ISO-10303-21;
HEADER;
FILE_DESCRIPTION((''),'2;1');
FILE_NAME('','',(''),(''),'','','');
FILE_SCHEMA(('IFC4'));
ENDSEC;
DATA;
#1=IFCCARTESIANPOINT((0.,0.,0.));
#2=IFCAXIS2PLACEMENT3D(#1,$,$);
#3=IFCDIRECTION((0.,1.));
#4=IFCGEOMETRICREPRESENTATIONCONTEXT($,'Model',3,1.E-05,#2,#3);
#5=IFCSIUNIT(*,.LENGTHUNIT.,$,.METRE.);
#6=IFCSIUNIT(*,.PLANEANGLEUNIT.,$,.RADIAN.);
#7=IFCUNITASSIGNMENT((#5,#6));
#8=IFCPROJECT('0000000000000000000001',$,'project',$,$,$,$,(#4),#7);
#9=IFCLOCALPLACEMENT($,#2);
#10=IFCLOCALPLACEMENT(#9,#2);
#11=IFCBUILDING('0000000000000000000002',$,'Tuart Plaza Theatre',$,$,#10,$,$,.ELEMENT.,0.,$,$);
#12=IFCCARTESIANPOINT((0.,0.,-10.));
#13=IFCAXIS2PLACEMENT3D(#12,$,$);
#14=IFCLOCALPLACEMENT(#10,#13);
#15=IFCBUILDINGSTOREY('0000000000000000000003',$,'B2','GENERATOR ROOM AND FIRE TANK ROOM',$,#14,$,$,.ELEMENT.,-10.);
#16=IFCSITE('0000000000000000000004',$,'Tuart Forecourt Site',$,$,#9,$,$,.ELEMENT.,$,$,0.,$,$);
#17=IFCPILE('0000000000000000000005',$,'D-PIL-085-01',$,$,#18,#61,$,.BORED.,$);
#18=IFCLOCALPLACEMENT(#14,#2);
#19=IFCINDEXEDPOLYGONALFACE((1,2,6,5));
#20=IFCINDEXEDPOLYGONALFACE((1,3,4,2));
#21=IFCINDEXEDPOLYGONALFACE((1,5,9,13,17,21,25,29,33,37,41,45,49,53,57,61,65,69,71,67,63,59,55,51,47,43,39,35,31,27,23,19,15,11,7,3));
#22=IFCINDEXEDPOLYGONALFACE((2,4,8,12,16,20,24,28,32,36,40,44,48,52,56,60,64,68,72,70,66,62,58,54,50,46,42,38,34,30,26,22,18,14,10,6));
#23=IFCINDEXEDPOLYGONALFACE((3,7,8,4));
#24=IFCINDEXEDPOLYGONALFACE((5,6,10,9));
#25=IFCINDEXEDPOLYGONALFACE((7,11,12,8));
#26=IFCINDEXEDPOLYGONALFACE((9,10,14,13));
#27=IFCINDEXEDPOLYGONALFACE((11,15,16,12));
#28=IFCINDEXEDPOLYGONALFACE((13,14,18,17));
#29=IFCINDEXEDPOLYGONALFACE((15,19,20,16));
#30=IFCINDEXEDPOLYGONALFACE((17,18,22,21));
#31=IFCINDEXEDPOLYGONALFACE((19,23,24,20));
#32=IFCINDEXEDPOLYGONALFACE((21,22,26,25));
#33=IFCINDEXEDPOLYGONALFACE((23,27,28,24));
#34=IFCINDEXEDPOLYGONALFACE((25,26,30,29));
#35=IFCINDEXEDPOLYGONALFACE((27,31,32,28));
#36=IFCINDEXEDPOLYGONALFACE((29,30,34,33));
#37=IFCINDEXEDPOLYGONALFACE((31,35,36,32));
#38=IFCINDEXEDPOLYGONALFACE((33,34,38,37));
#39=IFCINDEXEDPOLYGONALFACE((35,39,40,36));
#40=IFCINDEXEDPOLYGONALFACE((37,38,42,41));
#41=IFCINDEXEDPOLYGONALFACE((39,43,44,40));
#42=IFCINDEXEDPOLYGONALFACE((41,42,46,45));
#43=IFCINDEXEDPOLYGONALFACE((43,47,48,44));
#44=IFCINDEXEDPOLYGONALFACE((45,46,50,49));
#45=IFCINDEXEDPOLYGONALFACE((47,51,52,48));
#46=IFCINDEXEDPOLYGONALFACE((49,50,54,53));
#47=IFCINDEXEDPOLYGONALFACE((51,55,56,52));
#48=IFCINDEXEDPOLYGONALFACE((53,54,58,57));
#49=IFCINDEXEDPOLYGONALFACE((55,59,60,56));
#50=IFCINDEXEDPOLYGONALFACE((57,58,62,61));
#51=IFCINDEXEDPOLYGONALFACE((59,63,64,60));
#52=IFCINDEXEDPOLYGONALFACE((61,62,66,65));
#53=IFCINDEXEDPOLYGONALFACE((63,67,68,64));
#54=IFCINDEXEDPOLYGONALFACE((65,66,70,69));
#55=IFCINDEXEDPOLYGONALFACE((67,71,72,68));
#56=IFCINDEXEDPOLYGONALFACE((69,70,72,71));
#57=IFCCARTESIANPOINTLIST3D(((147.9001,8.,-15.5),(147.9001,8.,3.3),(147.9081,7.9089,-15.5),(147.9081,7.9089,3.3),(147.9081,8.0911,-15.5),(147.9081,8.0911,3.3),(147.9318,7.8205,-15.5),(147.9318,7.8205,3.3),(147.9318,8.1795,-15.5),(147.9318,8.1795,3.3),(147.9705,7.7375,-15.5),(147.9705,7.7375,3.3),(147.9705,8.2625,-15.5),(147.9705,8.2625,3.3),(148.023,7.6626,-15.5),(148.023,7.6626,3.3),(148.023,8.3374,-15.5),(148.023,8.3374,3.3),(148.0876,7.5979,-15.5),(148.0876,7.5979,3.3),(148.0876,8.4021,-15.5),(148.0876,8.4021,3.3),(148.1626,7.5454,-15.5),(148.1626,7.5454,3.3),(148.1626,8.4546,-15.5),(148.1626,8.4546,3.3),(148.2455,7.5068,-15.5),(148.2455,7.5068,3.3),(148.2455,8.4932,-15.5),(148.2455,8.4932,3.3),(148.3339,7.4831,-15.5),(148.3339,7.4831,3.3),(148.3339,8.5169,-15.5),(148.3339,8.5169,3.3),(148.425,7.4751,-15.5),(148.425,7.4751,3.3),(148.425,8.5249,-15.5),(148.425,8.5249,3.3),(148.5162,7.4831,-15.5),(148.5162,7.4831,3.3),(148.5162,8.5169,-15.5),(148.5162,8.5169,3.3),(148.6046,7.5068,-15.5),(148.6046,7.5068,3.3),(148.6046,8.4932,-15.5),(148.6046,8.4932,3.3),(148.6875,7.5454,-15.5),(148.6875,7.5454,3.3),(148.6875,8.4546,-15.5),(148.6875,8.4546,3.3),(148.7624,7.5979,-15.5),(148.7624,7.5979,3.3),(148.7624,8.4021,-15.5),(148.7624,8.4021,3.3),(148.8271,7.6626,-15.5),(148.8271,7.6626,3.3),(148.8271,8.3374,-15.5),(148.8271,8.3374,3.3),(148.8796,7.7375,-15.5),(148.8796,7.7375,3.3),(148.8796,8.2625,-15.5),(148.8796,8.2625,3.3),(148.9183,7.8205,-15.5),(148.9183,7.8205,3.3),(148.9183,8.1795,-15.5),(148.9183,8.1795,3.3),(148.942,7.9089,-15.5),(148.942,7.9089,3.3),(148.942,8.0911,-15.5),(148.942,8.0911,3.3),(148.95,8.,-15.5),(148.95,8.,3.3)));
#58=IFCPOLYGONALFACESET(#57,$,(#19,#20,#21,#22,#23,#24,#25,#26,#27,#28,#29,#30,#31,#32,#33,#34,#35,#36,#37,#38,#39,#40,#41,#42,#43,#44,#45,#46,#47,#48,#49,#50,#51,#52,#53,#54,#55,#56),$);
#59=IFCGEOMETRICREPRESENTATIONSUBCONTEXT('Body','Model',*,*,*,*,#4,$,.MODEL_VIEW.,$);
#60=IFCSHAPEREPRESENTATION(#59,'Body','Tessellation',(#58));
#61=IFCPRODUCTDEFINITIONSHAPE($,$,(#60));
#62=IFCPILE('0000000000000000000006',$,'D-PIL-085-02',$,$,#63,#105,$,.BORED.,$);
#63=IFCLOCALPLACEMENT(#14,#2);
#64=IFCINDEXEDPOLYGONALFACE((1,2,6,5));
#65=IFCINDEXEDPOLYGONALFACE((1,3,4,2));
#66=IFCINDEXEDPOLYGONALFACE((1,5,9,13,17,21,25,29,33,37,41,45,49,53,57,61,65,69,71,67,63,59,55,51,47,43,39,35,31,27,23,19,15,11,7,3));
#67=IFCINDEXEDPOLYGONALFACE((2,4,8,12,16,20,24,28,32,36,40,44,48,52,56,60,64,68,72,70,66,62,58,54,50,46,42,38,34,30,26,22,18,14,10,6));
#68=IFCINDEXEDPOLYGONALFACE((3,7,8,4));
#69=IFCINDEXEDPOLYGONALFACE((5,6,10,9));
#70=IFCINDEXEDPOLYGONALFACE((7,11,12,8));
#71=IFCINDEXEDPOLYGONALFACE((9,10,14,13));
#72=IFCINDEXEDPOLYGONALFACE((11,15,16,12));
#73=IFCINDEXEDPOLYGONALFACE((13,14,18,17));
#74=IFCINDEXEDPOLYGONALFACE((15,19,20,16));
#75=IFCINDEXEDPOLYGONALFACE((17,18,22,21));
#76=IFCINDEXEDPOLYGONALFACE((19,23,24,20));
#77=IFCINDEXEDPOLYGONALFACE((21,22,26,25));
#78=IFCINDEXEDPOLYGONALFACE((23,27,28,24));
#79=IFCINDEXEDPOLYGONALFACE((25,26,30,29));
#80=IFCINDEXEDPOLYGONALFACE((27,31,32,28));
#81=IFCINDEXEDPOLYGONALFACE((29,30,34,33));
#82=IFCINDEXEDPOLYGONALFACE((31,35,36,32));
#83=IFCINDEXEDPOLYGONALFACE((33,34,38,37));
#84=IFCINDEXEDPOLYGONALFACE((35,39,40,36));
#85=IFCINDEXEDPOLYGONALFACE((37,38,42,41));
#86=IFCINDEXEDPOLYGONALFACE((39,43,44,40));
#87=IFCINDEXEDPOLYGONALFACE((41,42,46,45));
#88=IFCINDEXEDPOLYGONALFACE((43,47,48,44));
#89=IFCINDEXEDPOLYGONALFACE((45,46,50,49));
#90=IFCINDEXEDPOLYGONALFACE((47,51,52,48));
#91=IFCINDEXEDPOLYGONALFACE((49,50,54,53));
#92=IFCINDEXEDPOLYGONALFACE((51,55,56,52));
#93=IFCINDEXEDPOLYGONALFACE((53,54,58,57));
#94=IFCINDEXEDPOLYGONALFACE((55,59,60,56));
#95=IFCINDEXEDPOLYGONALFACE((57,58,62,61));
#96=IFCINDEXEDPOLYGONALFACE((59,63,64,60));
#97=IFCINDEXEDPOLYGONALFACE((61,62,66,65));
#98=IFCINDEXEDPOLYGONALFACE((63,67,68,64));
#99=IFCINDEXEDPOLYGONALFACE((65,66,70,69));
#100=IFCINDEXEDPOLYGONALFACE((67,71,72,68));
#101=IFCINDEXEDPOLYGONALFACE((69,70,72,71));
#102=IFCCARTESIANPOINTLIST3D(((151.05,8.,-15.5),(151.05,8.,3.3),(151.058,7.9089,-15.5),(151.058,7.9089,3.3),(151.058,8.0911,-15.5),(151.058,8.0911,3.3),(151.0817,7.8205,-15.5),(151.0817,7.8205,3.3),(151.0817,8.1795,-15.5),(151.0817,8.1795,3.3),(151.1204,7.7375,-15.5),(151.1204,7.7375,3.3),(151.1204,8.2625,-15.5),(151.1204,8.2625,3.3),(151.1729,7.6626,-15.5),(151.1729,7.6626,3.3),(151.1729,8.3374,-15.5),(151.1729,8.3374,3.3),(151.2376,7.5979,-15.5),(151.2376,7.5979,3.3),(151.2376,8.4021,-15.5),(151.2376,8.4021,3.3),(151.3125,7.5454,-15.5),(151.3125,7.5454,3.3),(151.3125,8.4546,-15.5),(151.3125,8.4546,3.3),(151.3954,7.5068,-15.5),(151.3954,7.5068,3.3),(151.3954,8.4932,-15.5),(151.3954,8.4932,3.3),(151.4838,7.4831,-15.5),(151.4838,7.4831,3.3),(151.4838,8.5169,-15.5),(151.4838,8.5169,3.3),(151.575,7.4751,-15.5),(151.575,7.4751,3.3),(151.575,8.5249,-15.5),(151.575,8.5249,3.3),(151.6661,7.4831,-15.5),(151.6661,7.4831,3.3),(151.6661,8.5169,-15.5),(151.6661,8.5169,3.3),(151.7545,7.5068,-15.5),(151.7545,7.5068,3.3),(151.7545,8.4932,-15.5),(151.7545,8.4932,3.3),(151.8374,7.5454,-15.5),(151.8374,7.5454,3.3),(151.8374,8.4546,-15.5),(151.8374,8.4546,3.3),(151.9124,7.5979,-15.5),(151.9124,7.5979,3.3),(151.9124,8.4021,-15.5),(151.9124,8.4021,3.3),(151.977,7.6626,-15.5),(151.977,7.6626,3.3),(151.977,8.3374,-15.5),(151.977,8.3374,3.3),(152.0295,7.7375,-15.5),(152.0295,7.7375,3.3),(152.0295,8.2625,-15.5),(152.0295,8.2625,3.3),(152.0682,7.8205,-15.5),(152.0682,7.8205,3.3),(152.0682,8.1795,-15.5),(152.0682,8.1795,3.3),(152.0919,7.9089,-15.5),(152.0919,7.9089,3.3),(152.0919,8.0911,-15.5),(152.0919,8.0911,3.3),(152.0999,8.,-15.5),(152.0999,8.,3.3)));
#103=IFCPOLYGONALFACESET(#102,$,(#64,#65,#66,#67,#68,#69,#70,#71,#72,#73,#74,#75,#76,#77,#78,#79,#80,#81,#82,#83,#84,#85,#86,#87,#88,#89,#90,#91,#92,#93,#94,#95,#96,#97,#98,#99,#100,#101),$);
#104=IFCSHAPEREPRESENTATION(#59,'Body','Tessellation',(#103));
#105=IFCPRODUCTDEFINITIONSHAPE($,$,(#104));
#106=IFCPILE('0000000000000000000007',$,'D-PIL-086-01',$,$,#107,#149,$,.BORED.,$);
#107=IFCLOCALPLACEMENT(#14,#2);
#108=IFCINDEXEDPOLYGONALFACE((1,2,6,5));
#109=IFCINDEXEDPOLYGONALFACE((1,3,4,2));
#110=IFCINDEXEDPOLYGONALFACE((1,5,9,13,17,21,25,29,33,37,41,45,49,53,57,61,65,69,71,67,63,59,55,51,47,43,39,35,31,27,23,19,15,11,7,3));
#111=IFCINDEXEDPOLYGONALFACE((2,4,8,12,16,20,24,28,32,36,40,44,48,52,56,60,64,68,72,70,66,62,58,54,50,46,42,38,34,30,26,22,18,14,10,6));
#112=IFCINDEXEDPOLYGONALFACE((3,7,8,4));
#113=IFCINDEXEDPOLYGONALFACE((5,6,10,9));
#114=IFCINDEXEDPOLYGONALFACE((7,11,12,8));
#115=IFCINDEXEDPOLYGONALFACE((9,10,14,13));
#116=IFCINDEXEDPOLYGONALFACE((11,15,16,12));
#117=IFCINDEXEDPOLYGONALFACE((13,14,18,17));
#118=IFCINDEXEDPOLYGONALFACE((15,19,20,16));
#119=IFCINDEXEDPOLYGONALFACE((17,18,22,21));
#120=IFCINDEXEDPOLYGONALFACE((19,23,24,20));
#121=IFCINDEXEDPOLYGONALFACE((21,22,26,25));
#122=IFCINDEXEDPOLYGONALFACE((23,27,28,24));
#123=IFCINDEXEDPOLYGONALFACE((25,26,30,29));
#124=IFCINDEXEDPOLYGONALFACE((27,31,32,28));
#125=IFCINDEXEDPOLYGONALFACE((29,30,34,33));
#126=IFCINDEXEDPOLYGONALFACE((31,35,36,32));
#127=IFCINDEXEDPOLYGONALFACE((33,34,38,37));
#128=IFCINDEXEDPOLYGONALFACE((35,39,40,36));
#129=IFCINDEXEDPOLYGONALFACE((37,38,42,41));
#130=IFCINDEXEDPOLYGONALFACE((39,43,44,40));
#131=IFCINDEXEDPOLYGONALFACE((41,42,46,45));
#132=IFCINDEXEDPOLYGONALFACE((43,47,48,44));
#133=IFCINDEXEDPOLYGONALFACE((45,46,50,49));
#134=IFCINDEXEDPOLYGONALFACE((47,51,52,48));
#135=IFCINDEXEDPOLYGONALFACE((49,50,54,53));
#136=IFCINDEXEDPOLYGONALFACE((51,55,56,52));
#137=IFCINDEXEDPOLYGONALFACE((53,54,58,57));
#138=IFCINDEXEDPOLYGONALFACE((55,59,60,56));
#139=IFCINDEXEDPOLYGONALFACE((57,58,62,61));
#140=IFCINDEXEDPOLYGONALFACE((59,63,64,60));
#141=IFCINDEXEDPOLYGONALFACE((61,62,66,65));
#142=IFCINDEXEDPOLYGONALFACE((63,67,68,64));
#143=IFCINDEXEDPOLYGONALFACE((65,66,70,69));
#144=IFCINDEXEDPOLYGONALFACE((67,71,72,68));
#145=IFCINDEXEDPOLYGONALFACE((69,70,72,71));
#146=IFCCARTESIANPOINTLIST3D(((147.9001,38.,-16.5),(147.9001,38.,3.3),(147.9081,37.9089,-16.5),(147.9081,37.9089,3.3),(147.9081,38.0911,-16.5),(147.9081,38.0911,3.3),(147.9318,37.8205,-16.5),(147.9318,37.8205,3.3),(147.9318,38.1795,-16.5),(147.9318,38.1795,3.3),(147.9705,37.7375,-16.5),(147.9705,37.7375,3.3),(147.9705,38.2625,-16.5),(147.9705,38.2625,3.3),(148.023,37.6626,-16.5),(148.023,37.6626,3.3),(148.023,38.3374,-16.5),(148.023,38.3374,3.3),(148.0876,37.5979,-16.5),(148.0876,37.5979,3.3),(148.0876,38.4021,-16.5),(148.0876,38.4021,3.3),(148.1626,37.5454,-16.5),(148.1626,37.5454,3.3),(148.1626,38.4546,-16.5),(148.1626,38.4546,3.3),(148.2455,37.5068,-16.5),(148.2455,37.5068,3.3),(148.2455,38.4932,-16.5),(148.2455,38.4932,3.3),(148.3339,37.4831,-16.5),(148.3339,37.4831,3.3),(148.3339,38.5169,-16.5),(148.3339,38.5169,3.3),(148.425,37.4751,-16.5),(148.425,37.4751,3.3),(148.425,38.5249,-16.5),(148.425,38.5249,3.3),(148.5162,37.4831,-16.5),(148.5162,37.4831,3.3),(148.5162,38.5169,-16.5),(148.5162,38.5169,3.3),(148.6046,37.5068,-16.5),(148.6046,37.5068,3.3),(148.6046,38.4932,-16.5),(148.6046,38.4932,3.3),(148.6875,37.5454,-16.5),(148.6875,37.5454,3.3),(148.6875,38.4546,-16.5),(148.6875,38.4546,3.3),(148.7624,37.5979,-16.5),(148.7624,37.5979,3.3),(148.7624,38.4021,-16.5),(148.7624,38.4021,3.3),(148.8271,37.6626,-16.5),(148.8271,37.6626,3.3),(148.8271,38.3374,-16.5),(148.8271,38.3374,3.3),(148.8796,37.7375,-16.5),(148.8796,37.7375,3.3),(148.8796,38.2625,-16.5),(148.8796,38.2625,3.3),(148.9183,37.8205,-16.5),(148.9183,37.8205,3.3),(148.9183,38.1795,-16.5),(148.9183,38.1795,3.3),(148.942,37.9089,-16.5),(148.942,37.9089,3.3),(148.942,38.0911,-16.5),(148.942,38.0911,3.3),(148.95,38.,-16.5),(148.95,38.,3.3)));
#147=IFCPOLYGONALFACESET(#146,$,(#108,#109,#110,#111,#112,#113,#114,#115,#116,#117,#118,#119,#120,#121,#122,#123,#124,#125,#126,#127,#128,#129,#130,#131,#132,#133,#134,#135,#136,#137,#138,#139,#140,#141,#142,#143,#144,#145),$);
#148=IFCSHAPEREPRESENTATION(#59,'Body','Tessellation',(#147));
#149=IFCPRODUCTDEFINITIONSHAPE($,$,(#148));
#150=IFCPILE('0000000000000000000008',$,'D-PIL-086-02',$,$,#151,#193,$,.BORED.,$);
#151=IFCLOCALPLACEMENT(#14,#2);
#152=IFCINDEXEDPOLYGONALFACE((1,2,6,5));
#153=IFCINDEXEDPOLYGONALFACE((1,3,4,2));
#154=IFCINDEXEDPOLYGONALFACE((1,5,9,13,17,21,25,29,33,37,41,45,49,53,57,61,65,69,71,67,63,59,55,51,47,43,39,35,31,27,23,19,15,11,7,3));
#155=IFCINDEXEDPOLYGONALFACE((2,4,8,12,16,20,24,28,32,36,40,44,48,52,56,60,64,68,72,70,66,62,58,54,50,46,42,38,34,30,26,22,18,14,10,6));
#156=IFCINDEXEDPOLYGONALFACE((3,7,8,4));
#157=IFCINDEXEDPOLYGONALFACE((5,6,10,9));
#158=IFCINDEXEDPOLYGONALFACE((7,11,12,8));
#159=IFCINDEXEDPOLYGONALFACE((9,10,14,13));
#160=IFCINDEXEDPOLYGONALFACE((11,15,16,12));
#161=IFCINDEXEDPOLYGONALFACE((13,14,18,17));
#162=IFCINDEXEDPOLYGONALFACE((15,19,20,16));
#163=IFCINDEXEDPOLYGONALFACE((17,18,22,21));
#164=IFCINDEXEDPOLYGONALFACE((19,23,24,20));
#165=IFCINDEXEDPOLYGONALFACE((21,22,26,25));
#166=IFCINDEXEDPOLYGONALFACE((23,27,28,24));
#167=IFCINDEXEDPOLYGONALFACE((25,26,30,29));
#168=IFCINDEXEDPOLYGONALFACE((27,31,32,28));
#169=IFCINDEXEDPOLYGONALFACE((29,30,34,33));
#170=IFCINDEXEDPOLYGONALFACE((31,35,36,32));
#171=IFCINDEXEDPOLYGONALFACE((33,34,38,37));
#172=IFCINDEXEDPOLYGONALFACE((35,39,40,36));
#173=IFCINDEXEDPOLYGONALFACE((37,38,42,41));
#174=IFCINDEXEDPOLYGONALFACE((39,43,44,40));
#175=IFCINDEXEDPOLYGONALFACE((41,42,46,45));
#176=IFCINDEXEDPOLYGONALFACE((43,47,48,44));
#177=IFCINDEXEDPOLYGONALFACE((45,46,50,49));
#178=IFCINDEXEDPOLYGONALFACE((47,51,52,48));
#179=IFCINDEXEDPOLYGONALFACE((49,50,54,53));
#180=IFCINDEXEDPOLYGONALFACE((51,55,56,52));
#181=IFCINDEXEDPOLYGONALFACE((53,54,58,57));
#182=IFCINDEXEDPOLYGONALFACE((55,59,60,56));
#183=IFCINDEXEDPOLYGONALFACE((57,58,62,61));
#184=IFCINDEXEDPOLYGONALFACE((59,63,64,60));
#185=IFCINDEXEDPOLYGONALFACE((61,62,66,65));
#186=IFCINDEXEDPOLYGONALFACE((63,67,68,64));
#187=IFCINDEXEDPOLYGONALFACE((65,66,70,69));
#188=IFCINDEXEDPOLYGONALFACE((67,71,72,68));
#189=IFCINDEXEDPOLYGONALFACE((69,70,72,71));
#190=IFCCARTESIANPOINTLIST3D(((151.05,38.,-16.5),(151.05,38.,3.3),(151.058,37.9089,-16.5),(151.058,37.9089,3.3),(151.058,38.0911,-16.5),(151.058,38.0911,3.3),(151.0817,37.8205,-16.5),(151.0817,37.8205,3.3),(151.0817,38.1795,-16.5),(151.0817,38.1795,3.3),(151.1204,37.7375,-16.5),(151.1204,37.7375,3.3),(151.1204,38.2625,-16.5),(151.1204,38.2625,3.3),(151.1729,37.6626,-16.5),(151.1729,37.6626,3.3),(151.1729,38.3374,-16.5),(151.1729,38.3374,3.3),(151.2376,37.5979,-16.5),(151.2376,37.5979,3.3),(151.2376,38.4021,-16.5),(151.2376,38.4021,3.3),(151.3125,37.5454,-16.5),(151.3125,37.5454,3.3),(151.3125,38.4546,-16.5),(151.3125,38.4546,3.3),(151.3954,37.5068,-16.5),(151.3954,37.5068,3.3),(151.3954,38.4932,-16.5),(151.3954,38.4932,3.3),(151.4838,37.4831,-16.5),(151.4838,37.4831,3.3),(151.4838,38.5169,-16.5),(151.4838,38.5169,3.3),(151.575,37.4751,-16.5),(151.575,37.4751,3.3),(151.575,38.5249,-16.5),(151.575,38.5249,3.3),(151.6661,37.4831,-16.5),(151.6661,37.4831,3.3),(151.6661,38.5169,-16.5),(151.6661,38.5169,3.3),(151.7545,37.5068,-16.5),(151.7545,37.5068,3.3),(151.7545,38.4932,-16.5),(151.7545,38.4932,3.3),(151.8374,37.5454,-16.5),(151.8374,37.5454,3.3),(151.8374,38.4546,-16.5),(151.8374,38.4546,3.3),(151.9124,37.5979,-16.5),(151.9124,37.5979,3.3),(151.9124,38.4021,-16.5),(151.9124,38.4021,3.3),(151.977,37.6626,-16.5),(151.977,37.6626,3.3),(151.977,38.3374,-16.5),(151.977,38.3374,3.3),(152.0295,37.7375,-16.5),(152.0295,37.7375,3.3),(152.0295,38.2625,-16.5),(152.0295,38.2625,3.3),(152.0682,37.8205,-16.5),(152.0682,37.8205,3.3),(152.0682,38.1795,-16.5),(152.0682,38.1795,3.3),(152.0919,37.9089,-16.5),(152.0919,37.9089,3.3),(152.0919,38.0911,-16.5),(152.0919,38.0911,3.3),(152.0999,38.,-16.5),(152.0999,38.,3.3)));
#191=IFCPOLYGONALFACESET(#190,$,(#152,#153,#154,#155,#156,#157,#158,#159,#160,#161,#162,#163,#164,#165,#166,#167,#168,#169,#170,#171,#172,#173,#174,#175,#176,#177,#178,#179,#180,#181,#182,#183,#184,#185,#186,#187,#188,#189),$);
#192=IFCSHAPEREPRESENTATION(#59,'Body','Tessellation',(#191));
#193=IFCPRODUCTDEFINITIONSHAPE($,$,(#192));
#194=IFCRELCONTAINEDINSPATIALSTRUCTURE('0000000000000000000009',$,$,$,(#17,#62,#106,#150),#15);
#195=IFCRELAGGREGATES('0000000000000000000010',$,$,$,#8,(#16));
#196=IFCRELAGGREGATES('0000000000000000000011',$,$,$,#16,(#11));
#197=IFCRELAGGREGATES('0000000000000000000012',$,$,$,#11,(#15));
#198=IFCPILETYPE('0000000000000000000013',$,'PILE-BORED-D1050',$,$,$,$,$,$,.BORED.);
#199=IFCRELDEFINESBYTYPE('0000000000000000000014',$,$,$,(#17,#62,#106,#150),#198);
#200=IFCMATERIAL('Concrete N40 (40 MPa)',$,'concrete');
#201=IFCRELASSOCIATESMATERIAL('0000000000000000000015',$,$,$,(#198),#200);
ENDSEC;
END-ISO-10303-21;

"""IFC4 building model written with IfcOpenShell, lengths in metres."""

from ifc_helpers import new_model, si_unit, direction, frame, origin, origin_2d, place, context, subcontext, project, spatial, circle, extrude, material, material_profile, profile_set, type_object, element, save


model = new_model("IFC4")

# Units and contexts
model_context = context("Model", 3, precision=1e-05, world=origin(), true_north=direction((0.0, 1.0)))
body_context = subcontext(model_context, "Body", "Model", "MODEL_VIEW")
ifc_project = project(units=[si_unit("LENGTHUNIT", "METRE"), si_unit("PLANEANGLEUNIT", "RADIAN")], contexts=[model_context])

# Site, building, storey
site_placement = place(None, origin())
site = spatial("IfcSite", under=ifc_project, at=site_placement, Name="Tuart Forecourt Site", CompositionType="ELEMENT", RefElevation=0.0)
building_placement = place(site_placement, origin())
building = spatial("IfcBuilding", under=site, at=building_placement, Name="Tuart Plaza Theatre", CompositionType="ELEMENT", ElevationOfRefHeight=0.0)
storey_placement = place(building_placement, frame((0.0, 0.0, -10.0)))
storey = spatial("IfcBuildingStorey", under=building, at=storey_placement, Name="B2", Description="GENERATOR ROOM AND FIRE TANK ROOM", CompositionType="ELEMENT", Elevation=-10.0)

# Piles
ifc_material_1 = material(Name="Concrete N40 (40 MPa)", Category="concrete")
ifc_material_profile_1 = material_profile(ifc_material_1, circle(Radius=0.5249, at=origin_2d()), Name="PILE-BORED-D1050")
ifc_profile_set_1 = profile_set([ifc_material_profile_1], Name="Concrete N40 (40 MPa)")
pile_type_1 = type_object("IfcPileType", Name="PILE-BORED-D1050", PredefinedType="BORED", material=ifc_profile_set_1)
for number, where, z_axis, x_axis, name in (
    (1, (148.425, 8.0, 3.3), (0.0, 0.0, -1.0), (1.0, 0.0, 0.0), "D-PIL-085-01"),
    (2, (151.575, 8.0, 3.3), (0.0, 0.0, -1.0), (1.0, 0.0, 0.0), "D-PIL-085-02"),
):
    element("IfcPile", number, at=place(storey_placement, frame(where, z_axis=z_axis, x_axis=x_axis)), inside=storey, type_object=pile_type_1, Name=name, PredefinedType="BORED", context=body_context, shape_type="SweptSolid", body=[
        extrude(circle(Radius=0.5249, at=origin_2d()), origin(), (0.0, 0.0, 1.0), 18.8),
    ])
for number, where, z_axis, x_axis, name in (
    (3, (148.425, 38.0, 3.3), (0.0, 0.0, -1.0), (1.0, 0.0, 0.0), "D-PIL-086-01"),
    (4, (151.575, 38.0, 3.3), (0.0, 0.0, -1.0), (1.0, 0.0, 0.0), "D-PIL-086-02"),
):
    element("IfcPile", number, at=place(storey_placement, frame(where, z_axis=z_axis, x_axis=x_axis)), inside=storey, type_object=pile_type_1, Name=name, PredefinedType="BORED", context=body_context, shape_type="SweptSolid", body=[
        extrude(circle(Radius=0.5249, at=origin_2d()), origin(), (0.0, 0.0, 1.0), 19.8),
    ])

save(model, "model.ifc")
